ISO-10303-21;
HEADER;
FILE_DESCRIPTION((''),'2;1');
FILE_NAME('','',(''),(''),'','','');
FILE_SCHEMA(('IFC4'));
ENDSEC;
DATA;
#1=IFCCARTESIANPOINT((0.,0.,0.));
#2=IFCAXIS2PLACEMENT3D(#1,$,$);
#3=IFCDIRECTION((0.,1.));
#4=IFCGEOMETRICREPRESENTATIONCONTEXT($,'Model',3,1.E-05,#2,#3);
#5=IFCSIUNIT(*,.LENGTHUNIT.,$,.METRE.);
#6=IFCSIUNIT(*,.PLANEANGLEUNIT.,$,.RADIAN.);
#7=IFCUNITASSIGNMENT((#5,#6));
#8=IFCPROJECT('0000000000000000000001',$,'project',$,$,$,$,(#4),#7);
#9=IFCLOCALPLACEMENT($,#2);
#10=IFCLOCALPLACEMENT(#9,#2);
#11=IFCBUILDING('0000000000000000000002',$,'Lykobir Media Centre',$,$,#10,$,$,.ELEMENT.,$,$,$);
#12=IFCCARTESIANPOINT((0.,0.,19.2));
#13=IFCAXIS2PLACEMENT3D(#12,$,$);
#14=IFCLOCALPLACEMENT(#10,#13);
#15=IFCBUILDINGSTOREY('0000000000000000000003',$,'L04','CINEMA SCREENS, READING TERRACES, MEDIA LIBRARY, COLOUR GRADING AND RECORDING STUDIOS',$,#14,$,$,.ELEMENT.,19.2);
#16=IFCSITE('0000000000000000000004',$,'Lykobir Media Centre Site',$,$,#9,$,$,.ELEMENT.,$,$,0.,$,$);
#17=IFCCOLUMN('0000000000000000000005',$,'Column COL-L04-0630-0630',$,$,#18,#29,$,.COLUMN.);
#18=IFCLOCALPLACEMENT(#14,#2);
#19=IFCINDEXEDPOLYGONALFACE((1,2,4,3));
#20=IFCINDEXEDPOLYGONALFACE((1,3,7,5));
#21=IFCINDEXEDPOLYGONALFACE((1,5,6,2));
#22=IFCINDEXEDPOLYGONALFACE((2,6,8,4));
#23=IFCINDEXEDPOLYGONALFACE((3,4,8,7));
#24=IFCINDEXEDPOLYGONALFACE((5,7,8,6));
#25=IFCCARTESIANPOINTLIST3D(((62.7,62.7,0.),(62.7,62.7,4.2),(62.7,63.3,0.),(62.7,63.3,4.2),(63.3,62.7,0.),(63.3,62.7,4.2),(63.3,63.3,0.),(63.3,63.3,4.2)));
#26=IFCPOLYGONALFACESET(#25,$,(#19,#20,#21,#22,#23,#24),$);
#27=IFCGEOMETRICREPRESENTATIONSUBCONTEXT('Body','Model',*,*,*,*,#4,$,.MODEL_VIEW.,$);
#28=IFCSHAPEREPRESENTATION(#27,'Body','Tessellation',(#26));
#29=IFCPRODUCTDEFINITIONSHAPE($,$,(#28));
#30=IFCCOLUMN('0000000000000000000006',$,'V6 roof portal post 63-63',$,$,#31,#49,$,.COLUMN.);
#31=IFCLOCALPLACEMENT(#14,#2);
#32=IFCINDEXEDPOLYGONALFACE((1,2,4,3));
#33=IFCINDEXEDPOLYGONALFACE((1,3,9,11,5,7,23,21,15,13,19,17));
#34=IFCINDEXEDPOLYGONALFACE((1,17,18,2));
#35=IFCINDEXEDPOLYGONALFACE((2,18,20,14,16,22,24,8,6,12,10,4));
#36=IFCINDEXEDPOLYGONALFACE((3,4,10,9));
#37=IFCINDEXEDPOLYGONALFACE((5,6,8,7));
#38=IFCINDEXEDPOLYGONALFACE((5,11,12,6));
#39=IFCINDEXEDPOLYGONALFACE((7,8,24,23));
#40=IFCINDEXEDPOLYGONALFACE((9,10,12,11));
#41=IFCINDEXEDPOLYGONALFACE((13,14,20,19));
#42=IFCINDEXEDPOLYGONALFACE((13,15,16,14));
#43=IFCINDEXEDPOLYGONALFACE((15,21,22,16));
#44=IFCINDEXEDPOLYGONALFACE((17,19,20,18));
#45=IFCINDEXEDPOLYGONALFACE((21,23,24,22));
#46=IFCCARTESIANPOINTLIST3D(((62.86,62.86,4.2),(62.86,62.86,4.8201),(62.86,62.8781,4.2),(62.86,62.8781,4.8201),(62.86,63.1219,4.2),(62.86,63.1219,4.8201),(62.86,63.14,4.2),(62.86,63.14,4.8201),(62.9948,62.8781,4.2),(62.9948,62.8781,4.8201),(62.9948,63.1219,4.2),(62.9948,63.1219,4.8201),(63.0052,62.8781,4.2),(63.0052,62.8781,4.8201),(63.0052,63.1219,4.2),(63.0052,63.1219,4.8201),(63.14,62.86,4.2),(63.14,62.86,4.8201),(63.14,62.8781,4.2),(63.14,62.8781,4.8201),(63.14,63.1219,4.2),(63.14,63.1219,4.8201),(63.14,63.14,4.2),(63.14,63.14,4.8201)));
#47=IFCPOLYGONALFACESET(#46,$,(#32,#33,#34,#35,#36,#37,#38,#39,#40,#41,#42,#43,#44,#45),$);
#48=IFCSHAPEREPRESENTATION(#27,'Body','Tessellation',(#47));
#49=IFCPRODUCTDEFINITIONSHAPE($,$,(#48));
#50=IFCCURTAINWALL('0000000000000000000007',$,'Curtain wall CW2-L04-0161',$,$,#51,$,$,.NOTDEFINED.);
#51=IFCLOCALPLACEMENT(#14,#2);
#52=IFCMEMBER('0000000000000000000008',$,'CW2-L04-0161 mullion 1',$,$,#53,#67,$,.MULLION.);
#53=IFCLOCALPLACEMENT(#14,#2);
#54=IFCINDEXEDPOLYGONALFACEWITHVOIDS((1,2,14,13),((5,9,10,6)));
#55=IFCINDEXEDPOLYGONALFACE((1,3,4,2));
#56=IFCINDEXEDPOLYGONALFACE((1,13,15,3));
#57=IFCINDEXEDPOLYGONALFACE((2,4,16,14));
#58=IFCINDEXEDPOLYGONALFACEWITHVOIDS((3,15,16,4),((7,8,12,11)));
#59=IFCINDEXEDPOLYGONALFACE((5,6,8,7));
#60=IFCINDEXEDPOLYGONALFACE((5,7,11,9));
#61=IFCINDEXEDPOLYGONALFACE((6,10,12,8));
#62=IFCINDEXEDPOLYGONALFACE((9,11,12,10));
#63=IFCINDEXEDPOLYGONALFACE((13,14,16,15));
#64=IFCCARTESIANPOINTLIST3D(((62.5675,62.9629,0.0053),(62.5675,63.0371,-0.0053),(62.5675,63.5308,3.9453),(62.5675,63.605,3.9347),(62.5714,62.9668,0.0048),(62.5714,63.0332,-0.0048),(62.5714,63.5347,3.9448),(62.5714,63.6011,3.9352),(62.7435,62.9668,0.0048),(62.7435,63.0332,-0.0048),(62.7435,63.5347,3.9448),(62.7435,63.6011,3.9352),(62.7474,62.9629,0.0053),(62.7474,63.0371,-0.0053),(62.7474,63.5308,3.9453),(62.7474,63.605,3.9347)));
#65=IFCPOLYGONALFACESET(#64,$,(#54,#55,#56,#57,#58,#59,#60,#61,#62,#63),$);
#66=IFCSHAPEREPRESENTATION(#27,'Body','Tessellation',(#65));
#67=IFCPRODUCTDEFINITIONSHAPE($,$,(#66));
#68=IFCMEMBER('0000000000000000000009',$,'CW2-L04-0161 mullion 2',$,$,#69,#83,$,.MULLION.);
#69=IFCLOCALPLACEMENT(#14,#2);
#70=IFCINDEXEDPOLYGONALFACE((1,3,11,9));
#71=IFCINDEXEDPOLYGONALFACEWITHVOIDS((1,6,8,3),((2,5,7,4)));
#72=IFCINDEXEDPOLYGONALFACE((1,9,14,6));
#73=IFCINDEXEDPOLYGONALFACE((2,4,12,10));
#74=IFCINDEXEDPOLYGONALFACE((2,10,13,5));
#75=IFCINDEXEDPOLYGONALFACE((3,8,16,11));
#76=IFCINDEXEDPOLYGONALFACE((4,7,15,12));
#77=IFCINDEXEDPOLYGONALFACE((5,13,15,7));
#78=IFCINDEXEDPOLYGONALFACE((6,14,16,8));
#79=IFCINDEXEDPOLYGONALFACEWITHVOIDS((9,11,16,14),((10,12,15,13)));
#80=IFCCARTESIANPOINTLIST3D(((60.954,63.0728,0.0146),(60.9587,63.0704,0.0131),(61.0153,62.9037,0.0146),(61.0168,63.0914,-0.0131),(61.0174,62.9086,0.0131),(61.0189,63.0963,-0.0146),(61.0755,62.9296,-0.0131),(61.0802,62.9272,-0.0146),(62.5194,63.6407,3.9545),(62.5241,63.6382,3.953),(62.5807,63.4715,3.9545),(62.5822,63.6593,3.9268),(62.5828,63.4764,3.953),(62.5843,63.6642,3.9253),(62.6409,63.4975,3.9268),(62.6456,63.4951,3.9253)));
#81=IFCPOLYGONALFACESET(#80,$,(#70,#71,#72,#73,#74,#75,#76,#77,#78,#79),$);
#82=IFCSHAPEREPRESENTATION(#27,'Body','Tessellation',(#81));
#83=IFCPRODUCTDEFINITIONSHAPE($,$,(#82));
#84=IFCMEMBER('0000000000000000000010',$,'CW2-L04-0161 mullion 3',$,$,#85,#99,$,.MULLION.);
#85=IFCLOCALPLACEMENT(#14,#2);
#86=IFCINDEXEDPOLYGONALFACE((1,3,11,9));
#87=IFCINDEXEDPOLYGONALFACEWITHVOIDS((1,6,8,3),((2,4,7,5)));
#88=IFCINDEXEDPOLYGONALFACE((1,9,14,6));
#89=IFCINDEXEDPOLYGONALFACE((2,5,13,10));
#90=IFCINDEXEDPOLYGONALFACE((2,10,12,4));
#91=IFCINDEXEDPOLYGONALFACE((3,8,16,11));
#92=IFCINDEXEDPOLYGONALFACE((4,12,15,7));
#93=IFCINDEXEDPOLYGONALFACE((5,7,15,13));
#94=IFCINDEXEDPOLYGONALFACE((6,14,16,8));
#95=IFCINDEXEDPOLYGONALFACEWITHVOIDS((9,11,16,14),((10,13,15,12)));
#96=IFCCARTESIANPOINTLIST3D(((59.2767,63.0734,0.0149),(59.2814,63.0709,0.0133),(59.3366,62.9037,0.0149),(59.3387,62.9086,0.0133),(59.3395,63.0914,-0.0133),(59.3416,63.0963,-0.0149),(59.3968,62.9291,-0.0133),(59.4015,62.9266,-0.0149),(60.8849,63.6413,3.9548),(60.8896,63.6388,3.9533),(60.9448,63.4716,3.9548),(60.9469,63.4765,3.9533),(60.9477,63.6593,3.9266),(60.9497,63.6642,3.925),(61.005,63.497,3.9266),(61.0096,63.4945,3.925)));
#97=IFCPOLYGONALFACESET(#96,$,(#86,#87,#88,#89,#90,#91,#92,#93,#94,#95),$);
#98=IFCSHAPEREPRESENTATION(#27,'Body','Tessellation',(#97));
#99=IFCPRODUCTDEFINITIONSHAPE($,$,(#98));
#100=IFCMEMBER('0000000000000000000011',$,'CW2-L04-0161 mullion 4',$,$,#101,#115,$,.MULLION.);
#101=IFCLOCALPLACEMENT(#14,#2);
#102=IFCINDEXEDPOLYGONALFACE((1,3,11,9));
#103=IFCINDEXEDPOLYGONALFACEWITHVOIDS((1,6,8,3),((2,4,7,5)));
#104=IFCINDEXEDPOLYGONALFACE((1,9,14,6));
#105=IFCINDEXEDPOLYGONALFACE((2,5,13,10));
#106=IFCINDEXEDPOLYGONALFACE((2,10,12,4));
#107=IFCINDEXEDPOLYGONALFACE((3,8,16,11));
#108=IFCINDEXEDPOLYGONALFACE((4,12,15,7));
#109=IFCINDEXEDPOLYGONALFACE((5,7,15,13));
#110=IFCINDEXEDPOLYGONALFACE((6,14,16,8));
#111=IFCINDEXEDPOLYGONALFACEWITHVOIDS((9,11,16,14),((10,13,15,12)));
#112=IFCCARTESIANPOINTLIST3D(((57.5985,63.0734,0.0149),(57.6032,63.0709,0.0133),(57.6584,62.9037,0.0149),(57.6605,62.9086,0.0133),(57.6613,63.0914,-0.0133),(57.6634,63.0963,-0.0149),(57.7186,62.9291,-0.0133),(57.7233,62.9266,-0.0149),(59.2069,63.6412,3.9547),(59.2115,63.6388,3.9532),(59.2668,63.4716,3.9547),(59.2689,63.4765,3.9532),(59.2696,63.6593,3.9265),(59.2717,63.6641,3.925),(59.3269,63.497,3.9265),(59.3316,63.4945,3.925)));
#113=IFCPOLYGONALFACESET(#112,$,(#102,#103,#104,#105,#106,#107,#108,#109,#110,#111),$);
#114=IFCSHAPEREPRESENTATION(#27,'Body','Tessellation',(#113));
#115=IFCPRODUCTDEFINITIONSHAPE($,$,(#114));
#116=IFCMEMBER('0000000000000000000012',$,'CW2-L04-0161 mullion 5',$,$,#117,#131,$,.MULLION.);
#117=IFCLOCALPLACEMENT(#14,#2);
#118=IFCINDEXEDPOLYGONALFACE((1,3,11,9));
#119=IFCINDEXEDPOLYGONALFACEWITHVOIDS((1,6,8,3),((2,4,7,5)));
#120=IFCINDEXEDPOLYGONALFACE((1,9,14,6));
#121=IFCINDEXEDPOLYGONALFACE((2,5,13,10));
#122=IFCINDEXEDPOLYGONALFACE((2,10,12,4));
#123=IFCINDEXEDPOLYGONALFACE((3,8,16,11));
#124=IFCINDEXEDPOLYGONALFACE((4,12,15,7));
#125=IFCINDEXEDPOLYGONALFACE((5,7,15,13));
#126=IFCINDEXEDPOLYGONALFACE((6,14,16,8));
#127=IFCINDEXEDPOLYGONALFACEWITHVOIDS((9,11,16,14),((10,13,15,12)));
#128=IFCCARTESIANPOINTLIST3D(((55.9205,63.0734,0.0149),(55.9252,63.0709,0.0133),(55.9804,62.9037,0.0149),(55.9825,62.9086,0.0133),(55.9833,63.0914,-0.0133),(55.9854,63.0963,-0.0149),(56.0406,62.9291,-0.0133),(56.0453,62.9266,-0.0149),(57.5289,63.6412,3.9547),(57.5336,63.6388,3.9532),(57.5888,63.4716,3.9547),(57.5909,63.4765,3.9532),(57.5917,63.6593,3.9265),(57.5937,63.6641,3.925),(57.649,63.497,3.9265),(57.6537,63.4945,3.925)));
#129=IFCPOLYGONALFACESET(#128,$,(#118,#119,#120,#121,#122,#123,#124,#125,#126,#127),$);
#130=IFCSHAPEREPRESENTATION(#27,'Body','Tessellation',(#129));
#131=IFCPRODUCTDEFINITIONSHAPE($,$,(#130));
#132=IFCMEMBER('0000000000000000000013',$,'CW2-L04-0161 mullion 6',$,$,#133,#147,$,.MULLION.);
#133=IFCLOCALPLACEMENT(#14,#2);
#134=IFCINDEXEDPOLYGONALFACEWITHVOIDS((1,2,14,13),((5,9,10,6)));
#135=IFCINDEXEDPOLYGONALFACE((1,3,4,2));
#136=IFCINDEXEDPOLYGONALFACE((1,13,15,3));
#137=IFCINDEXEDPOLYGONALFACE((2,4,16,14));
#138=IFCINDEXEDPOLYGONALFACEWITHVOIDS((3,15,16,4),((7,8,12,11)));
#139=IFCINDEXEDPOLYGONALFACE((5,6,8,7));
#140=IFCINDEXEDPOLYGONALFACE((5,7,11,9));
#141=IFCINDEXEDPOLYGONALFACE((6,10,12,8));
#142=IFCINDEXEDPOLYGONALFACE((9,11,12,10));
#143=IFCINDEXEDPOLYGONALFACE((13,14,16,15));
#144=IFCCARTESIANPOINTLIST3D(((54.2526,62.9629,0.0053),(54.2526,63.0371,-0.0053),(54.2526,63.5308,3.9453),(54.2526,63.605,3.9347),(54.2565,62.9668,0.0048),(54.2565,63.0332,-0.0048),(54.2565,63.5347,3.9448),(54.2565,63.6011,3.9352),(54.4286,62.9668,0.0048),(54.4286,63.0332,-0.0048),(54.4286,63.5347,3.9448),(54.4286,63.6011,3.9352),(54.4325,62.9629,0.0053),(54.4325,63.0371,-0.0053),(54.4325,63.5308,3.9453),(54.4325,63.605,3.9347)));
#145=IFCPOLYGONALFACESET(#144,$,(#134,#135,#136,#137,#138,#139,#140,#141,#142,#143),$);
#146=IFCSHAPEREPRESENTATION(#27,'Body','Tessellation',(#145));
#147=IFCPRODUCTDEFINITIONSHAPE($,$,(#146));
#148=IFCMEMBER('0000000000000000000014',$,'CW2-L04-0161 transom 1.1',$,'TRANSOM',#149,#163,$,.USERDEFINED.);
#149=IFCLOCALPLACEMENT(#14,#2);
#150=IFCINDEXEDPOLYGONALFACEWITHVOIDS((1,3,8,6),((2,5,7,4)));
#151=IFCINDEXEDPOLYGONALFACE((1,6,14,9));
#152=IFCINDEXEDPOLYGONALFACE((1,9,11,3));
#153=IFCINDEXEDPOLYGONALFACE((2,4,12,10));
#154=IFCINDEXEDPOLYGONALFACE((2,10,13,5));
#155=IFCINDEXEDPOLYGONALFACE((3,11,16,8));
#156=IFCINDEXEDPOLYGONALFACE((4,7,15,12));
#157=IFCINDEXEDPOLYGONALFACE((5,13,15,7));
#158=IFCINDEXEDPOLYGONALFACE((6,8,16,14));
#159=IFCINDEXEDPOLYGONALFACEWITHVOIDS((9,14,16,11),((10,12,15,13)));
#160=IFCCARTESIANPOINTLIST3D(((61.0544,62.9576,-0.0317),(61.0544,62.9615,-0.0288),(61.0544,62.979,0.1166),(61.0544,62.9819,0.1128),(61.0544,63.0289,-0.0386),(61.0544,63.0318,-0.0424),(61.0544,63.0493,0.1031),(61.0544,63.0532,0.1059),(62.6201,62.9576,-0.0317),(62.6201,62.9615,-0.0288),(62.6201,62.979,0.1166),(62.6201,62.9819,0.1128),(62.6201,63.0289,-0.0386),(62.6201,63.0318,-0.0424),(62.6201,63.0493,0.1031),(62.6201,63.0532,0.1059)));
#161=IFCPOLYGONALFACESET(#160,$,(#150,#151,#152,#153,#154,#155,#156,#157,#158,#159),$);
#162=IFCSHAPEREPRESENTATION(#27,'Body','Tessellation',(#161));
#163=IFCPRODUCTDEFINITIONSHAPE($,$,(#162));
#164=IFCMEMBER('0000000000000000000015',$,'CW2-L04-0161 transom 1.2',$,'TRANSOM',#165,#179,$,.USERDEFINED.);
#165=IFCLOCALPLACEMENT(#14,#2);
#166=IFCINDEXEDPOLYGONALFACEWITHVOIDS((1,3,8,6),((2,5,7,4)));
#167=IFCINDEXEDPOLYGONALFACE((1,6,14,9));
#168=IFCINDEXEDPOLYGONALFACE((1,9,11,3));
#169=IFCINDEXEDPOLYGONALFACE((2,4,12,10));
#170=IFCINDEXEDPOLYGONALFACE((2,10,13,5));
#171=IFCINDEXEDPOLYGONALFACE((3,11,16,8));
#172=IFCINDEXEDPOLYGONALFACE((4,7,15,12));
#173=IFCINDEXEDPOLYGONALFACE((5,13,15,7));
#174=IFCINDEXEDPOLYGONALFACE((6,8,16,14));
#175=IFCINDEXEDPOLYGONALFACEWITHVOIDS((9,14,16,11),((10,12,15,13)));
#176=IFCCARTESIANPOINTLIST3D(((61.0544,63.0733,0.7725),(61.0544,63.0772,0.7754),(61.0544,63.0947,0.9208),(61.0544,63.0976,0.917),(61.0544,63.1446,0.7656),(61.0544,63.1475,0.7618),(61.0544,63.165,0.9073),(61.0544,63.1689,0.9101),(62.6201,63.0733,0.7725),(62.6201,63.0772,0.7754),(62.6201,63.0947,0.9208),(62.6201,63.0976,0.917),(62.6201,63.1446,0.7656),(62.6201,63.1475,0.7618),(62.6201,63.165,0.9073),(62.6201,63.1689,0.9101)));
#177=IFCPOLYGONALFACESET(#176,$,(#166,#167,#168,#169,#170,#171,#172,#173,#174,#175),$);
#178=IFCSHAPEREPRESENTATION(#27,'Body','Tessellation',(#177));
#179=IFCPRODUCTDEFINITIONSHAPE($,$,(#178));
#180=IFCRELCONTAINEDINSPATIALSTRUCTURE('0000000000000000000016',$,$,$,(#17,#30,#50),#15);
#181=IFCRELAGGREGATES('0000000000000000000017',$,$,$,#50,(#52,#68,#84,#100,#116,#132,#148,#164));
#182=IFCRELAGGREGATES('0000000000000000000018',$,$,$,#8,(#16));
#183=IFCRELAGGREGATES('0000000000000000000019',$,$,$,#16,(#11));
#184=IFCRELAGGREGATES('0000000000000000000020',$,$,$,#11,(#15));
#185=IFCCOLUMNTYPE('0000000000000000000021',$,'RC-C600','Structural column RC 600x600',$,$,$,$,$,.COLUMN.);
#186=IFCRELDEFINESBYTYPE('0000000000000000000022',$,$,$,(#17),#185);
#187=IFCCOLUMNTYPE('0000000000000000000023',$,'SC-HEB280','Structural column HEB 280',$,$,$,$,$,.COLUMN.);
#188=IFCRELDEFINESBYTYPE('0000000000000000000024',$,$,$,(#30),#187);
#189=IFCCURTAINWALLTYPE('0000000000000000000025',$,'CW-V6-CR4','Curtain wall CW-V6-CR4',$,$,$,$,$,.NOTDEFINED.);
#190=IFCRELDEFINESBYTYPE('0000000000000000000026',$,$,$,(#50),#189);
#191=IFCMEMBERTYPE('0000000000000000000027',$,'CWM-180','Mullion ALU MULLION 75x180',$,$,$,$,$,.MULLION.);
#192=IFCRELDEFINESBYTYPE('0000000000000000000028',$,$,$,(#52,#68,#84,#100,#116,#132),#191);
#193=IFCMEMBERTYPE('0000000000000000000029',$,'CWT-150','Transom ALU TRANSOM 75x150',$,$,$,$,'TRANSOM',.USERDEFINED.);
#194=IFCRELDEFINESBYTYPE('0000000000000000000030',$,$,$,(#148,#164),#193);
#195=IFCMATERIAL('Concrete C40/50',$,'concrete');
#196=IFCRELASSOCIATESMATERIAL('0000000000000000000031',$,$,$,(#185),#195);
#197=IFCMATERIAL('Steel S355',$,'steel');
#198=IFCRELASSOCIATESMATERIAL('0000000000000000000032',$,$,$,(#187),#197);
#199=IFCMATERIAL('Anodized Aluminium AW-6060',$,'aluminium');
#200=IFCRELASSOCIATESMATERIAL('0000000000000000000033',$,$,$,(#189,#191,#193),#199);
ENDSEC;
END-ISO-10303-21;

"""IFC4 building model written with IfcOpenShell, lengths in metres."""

from ifc_helpers import new_model, si_unit, direction, frame, origin, origin_2d, place, context, subcontext, project, spatial, rectangle, hollow_rectangle, i_section, extrude, material, material_profile, profile_set, type_object, element, aggregate, save


model = new_model("IFC4")

# Units and contexts
model_context = context("Model", 3, precision=1e-05, world=origin(), true_north=direction((0.0, 1.0)))
body_context = subcontext(model_context, "Body", "Model", "MODEL_VIEW")
ifc_project = project(units=[si_unit("LENGTHUNIT", "METRE"), si_unit("PLANEANGLEUNIT", "RADIAN")], contexts=[model_context])

# Site, building, storey
site_placement = place(None, origin())
site = spatial("IfcSite", under=ifc_project, at=site_placement, Name="Lykobir Media Centre Site", CompositionType="ELEMENT", RefElevation=0.0)
building_placement = place(site_placement, origin())
building = spatial("IfcBuilding", under=site, at=building_placement, Name="Lykobir Media Centre", CompositionType="ELEMENT")
storey_placement = place(building_placement, frame((0.0, 0.0, 19.2)))
storey = spatial("IfcBuildingStorey", under=building, at=storey_placement, Name="L04", Description="CINEMA SCREENS, READING TERRACES, MEDIA LIBRARY, COLOUR GRADING AND RECORDING STUDIOS", CompositionType="ELEMENT", Elevation=19.2)

# Columns
ifc_material_1 = material(Name="Concrete C40/50", Category="concrete")
ifc_material_profile_1 = material_profile(ifc_material_1, rectangle(XDim=0.6001, YDim=0.6001, at=origin_2d()), Name="RC 600x600")
ifc_profile_set_1 = profile_set([ifc_material_profile_1], Name="Concrete C40/50")
column_type_1 = type_object("IfcColumnType", Name="RC-C600", Description="Structural column RC 600x600", PredefinedType="COLUMN", material=ifc_profile_set_1)
column_1_placement = place(storey_placement, frame((63.0, 63.0, 0.0), z_axis=(0.0, 0.0, 1.0), x_axis=(1.0, 0.0, 0.0)))
element("IfcColumn", 1, at=column_1_placement, inside=storey, type_object=column_type_1, Name="Column COL-L04-0630-0630", PredefinedType="COLUMN", context=body_context, shape_type="SweptSolid", body=[
    extrude(rectangle(XDim=0.6001, YDim=0.6001, at=origin_2d()), origin(), (0.0, 0.0, 1.0), 4.2),
])
ifc_material_2 = material(Name="Steel S355", Category="steel")
ifc_material_profile_2 = material_profile(ifc_material_2, i_section(OverallWidth=0.28, OverallDepth=0.28, WebThickness=0.0105, FlangeThickness=0.0181, at=origin_2d()), Name="HEB 280")
ifc_profile_set_2 = profile_set([ifc_material_profile_2], Name="Steel S355")
column_type_2 = type_object("IfcColumnType", Name="SC-HEB280", Description="Structural column HEB 280", PredefinedType="COLUMN", material=ifc_profile_set_2)
column_2_placement = place(storey_placement, frame((63.0, 63.0, 4.2), z_axis=(0.0, 0.0, 1.0), x_axis=(1.0, 0.0, 0.0)))
element("IfcColumn", 2, at=column_2_placement, inside=storey, type_object=column_type_2, Name="V6 roof portal post 63-63", PredefinedType="COLUMN", context=body_context, shape_type="SweptSolid", body=[
    extrude(i_section(OverallWidth=0.28, OverallDepth=0.28, WebThickness=0.0105, FlangeThickness=0.0181, at=origin_2d()), origin(), (0.0, 0.0, 1.0), 0.6201),
])

# Curtain wall, members
ifc_material_3 = material(Name="Anodized Aluminium AW-6060", Category="aluminium")
curtain_wall_type_1 = type_object("IfcCurtainWallType", Name="CW-V6-CR4", Description="Curtain wall CW-V6-CR4", PredefinedType="NOTDEFINED", material=ifc_material_3)
curtain_wall_1_placement = place(storey_placement, origin())
curtain_wall_1 = element("IfcCurtainWall", 3, at=curtain_wall_1_placement, inside=storey, type_object=curtain_wall_type_1, Name="Curtain wall CW2-L04-0161", PredefinedType="NOTDEFINED")
ifc_material_profile_3 = material_profile(ifc_material_3, hollow_rectangle(XDim=0.075, YDim=0.1799, WallThickness=0.0039, at=origin_2d()), Name="ALU MULLION 75x180")
ifc_profile_set_3 = profile_set([ifc_material_profile_3], Name="Anodized Aluminium AW-6060")
member_type_1 = type_object("IfcMemberType", Name="CWM-180", Description="Mullion ALU MULLION 75x180", PredefinedType="MULLION", material=ifc_profile_set_3)
member_1_placement = place(storey_placement, frame((62.6575, 63.0, 0.0), z_axis=(0.0, 0.142658, 0.989772), x_axis=(0.0, 0.989772, -0.142658)))
member_1 = element("IfcMember", 4, at=member_1_placement, type_object=member_type_1, Name="CW2-L04-0161 mullion 1", PredefinedType="MULLION", context=body_context, shape_type="SweptSolid", body=[
    extrude(hollow_rectangle(XDim=0.075, YDim=0.1799, WallThickness=0.0039, at=origin_2d()), origin(), (0.0, 0.0, 1.0), 3.9807),
])
member_2_placement = place(storey_placement, frame((61.0171, 63.0, 0.0), z_axis=(0.365977, 0.132761, 0.921106), x_axis=(0.865893, 0.314109, -0.389313)))
member_2 = element("IfcMember", 5, at=member_2_placement, type_object=member_type_1, Name="CW2-L04-0161 mullion 2", PredefinedType="MULLION", context=body_context, shape_type="SweptSolid", body=[
    extrude(hollow_rectangle(XDim=0.075, YDim=0.1799, WallThickness=0.0039, at=origin_2d()), origin(), (0.0, 0.0, 1.0), 4.2773),
])
member_3_placement = place(storey_placement, frame((59.3391, 63.0, 0.0), z_axis=(0.37458, 0.132271, 0.917711), x_axis=(0.865345, 0.30557, -0.397248)))
member_3 = element("IfcMember", 6, at=member_3_placement, type_object=member_type_1, Name="CW2-L04-0161 mullion 3", PredefinedType="MULLION", context=body_context, shape_type="SweptSolid", body=[
    extrude(hollow_rectangle(XDim=0.075, YDim=0.1799, WallThickness=0.0039, at=origin_2d()), origin(), (0.0, 0.0, 1.0), 4.2932),
])
member_4_placement = place(storey_placement, frame((57.6609, 63.0, 0.0), z_axis=(0.374628, 0.132269, 0.917692), x_axis=(0.865341, 0.305523, -0.397293)))
member_4 = element("IfcMember", 7, at=member_4_placement, type_object=member_type_1, Name="CW2-L04-0161 mullion 4", PredefinedType="MULLION", context=body_context, shape_type="SweptSolid", body=[
    extrude(hollow_rectangle(XDim=0.075, YDim=0.1799, WallThickness=0.0039, at=origin_2d()), origin(), (0.0, 0.0, 1.0), 4.2932),
])
member_5_placement = place(storey_placement, frame((55.9829, 63.0, 0.0), z_axis=(0.374628, 0.132269, 0.917692), x_axis=(0.865341, 0.305523, -0.397293)))
member_5 = element("IfcMember", 8, at=member_5_placement, type_object=member_type_1, Name="CW2-L04-0161 mullion 5", PredefinedType="MULLION", context=body_context, shape_type="SweptSolid", body=[
    extrude(hollow_rectangle(XDim=0.075, YDim=0.1799, WallThickness=0.0039, at=origin_2d()), origin(), (0.0, 0.0, 1.0), 4.2932),
])
member_6_placement = place(storey_placement, frame((54.3425, 63.0, 0.0), z_axis=(0.0, 0.142658, 0.989772), x_axis=(0.0, 0.989772, -0.142658)))
member_6 = element("IfcMember", 9, at=member_6_placement, type_object=member_type_1, Name="CW2-L04-0161 mullion 6", PredefinedType="MULLION", context=body_context, shape_type="SweptSolid", body=[
    extrude(hollow_rectangle(XDim=0.075, YDim=0.1799, WallThickness=0.0039, at=origin_2d()), origin(), (0.0, 0.0, 1.0), 3.9807),
])
ifc_material_profile_4 = material_profile(ifc_material_3, hollow_rectangle(XDim=0.075, YDim=0.1499, WallThickness=0.0034, at=origin_2d()), Name="ALU TRANSOM 75x150")
ifc_profile_set_4 = profile_set([ifc_material_profile_4], Name="Anodized Aluminium AW-6060")
member_type_2 = type_object("IfcMemberType", Name="CWT-150", Description="Transom ALU TRANSOM 75x150", ElementType="TRANSOM", PredefinedType="USERDEFINED", material=ifc_profile_set_4)
member_7_placement = place(storey_placement, frame((62.6201, 63.0054, 0.0371), z_axis=(-1.0, 0.0, 0.0), x_axis=(0.0, -0.989776, 0.142629)))
member_7 = element("IfcMember", 10, at=member_7_placement, type_object=member_type_2, Name="CW2-L04-0161 transom 1.1", ObjectType="TRANSOM", PredefinedType="USERDEFINED", context=body_context, shape_type="SweptSolid", body=[
    extrude(hollow_rectangle(XDim=0.075, YDim=0.1499, WallThickness=0.0034, at=origin_2d()), origin(), (0.0, 0.0, 1.0), 1.5657),
])
member_8_placement = place(storey_placement, frame((62.6201, 63.1211, 0.8413), z_axis=(-1.0, 0.0, 0.0), x_axis=(0.0, -0.989776, 0.142629)))
member_8 = element("IfcMember", 11, at=member_8_placement, type_object=member_type_2, Name="CW2-L04-0161 transom 1.2", ObjectType="TRANSOM", PredefinedType="USERDEFINED", context=body_context, shape_type="SweptSolid", body=[
    extrude(hollow_rectangle(XDim=0.075, YDim=0.1499, WallThickness=0.0034, at=origin_2d()), origin(), (0.0, 0.0, 1.0), 1.5657),
])

aggregate(curtain_wall_1, [member_1, member_2, member_3, member_4, member_5, member_6, member_7, member_8])

save(model, "model.ifc")
